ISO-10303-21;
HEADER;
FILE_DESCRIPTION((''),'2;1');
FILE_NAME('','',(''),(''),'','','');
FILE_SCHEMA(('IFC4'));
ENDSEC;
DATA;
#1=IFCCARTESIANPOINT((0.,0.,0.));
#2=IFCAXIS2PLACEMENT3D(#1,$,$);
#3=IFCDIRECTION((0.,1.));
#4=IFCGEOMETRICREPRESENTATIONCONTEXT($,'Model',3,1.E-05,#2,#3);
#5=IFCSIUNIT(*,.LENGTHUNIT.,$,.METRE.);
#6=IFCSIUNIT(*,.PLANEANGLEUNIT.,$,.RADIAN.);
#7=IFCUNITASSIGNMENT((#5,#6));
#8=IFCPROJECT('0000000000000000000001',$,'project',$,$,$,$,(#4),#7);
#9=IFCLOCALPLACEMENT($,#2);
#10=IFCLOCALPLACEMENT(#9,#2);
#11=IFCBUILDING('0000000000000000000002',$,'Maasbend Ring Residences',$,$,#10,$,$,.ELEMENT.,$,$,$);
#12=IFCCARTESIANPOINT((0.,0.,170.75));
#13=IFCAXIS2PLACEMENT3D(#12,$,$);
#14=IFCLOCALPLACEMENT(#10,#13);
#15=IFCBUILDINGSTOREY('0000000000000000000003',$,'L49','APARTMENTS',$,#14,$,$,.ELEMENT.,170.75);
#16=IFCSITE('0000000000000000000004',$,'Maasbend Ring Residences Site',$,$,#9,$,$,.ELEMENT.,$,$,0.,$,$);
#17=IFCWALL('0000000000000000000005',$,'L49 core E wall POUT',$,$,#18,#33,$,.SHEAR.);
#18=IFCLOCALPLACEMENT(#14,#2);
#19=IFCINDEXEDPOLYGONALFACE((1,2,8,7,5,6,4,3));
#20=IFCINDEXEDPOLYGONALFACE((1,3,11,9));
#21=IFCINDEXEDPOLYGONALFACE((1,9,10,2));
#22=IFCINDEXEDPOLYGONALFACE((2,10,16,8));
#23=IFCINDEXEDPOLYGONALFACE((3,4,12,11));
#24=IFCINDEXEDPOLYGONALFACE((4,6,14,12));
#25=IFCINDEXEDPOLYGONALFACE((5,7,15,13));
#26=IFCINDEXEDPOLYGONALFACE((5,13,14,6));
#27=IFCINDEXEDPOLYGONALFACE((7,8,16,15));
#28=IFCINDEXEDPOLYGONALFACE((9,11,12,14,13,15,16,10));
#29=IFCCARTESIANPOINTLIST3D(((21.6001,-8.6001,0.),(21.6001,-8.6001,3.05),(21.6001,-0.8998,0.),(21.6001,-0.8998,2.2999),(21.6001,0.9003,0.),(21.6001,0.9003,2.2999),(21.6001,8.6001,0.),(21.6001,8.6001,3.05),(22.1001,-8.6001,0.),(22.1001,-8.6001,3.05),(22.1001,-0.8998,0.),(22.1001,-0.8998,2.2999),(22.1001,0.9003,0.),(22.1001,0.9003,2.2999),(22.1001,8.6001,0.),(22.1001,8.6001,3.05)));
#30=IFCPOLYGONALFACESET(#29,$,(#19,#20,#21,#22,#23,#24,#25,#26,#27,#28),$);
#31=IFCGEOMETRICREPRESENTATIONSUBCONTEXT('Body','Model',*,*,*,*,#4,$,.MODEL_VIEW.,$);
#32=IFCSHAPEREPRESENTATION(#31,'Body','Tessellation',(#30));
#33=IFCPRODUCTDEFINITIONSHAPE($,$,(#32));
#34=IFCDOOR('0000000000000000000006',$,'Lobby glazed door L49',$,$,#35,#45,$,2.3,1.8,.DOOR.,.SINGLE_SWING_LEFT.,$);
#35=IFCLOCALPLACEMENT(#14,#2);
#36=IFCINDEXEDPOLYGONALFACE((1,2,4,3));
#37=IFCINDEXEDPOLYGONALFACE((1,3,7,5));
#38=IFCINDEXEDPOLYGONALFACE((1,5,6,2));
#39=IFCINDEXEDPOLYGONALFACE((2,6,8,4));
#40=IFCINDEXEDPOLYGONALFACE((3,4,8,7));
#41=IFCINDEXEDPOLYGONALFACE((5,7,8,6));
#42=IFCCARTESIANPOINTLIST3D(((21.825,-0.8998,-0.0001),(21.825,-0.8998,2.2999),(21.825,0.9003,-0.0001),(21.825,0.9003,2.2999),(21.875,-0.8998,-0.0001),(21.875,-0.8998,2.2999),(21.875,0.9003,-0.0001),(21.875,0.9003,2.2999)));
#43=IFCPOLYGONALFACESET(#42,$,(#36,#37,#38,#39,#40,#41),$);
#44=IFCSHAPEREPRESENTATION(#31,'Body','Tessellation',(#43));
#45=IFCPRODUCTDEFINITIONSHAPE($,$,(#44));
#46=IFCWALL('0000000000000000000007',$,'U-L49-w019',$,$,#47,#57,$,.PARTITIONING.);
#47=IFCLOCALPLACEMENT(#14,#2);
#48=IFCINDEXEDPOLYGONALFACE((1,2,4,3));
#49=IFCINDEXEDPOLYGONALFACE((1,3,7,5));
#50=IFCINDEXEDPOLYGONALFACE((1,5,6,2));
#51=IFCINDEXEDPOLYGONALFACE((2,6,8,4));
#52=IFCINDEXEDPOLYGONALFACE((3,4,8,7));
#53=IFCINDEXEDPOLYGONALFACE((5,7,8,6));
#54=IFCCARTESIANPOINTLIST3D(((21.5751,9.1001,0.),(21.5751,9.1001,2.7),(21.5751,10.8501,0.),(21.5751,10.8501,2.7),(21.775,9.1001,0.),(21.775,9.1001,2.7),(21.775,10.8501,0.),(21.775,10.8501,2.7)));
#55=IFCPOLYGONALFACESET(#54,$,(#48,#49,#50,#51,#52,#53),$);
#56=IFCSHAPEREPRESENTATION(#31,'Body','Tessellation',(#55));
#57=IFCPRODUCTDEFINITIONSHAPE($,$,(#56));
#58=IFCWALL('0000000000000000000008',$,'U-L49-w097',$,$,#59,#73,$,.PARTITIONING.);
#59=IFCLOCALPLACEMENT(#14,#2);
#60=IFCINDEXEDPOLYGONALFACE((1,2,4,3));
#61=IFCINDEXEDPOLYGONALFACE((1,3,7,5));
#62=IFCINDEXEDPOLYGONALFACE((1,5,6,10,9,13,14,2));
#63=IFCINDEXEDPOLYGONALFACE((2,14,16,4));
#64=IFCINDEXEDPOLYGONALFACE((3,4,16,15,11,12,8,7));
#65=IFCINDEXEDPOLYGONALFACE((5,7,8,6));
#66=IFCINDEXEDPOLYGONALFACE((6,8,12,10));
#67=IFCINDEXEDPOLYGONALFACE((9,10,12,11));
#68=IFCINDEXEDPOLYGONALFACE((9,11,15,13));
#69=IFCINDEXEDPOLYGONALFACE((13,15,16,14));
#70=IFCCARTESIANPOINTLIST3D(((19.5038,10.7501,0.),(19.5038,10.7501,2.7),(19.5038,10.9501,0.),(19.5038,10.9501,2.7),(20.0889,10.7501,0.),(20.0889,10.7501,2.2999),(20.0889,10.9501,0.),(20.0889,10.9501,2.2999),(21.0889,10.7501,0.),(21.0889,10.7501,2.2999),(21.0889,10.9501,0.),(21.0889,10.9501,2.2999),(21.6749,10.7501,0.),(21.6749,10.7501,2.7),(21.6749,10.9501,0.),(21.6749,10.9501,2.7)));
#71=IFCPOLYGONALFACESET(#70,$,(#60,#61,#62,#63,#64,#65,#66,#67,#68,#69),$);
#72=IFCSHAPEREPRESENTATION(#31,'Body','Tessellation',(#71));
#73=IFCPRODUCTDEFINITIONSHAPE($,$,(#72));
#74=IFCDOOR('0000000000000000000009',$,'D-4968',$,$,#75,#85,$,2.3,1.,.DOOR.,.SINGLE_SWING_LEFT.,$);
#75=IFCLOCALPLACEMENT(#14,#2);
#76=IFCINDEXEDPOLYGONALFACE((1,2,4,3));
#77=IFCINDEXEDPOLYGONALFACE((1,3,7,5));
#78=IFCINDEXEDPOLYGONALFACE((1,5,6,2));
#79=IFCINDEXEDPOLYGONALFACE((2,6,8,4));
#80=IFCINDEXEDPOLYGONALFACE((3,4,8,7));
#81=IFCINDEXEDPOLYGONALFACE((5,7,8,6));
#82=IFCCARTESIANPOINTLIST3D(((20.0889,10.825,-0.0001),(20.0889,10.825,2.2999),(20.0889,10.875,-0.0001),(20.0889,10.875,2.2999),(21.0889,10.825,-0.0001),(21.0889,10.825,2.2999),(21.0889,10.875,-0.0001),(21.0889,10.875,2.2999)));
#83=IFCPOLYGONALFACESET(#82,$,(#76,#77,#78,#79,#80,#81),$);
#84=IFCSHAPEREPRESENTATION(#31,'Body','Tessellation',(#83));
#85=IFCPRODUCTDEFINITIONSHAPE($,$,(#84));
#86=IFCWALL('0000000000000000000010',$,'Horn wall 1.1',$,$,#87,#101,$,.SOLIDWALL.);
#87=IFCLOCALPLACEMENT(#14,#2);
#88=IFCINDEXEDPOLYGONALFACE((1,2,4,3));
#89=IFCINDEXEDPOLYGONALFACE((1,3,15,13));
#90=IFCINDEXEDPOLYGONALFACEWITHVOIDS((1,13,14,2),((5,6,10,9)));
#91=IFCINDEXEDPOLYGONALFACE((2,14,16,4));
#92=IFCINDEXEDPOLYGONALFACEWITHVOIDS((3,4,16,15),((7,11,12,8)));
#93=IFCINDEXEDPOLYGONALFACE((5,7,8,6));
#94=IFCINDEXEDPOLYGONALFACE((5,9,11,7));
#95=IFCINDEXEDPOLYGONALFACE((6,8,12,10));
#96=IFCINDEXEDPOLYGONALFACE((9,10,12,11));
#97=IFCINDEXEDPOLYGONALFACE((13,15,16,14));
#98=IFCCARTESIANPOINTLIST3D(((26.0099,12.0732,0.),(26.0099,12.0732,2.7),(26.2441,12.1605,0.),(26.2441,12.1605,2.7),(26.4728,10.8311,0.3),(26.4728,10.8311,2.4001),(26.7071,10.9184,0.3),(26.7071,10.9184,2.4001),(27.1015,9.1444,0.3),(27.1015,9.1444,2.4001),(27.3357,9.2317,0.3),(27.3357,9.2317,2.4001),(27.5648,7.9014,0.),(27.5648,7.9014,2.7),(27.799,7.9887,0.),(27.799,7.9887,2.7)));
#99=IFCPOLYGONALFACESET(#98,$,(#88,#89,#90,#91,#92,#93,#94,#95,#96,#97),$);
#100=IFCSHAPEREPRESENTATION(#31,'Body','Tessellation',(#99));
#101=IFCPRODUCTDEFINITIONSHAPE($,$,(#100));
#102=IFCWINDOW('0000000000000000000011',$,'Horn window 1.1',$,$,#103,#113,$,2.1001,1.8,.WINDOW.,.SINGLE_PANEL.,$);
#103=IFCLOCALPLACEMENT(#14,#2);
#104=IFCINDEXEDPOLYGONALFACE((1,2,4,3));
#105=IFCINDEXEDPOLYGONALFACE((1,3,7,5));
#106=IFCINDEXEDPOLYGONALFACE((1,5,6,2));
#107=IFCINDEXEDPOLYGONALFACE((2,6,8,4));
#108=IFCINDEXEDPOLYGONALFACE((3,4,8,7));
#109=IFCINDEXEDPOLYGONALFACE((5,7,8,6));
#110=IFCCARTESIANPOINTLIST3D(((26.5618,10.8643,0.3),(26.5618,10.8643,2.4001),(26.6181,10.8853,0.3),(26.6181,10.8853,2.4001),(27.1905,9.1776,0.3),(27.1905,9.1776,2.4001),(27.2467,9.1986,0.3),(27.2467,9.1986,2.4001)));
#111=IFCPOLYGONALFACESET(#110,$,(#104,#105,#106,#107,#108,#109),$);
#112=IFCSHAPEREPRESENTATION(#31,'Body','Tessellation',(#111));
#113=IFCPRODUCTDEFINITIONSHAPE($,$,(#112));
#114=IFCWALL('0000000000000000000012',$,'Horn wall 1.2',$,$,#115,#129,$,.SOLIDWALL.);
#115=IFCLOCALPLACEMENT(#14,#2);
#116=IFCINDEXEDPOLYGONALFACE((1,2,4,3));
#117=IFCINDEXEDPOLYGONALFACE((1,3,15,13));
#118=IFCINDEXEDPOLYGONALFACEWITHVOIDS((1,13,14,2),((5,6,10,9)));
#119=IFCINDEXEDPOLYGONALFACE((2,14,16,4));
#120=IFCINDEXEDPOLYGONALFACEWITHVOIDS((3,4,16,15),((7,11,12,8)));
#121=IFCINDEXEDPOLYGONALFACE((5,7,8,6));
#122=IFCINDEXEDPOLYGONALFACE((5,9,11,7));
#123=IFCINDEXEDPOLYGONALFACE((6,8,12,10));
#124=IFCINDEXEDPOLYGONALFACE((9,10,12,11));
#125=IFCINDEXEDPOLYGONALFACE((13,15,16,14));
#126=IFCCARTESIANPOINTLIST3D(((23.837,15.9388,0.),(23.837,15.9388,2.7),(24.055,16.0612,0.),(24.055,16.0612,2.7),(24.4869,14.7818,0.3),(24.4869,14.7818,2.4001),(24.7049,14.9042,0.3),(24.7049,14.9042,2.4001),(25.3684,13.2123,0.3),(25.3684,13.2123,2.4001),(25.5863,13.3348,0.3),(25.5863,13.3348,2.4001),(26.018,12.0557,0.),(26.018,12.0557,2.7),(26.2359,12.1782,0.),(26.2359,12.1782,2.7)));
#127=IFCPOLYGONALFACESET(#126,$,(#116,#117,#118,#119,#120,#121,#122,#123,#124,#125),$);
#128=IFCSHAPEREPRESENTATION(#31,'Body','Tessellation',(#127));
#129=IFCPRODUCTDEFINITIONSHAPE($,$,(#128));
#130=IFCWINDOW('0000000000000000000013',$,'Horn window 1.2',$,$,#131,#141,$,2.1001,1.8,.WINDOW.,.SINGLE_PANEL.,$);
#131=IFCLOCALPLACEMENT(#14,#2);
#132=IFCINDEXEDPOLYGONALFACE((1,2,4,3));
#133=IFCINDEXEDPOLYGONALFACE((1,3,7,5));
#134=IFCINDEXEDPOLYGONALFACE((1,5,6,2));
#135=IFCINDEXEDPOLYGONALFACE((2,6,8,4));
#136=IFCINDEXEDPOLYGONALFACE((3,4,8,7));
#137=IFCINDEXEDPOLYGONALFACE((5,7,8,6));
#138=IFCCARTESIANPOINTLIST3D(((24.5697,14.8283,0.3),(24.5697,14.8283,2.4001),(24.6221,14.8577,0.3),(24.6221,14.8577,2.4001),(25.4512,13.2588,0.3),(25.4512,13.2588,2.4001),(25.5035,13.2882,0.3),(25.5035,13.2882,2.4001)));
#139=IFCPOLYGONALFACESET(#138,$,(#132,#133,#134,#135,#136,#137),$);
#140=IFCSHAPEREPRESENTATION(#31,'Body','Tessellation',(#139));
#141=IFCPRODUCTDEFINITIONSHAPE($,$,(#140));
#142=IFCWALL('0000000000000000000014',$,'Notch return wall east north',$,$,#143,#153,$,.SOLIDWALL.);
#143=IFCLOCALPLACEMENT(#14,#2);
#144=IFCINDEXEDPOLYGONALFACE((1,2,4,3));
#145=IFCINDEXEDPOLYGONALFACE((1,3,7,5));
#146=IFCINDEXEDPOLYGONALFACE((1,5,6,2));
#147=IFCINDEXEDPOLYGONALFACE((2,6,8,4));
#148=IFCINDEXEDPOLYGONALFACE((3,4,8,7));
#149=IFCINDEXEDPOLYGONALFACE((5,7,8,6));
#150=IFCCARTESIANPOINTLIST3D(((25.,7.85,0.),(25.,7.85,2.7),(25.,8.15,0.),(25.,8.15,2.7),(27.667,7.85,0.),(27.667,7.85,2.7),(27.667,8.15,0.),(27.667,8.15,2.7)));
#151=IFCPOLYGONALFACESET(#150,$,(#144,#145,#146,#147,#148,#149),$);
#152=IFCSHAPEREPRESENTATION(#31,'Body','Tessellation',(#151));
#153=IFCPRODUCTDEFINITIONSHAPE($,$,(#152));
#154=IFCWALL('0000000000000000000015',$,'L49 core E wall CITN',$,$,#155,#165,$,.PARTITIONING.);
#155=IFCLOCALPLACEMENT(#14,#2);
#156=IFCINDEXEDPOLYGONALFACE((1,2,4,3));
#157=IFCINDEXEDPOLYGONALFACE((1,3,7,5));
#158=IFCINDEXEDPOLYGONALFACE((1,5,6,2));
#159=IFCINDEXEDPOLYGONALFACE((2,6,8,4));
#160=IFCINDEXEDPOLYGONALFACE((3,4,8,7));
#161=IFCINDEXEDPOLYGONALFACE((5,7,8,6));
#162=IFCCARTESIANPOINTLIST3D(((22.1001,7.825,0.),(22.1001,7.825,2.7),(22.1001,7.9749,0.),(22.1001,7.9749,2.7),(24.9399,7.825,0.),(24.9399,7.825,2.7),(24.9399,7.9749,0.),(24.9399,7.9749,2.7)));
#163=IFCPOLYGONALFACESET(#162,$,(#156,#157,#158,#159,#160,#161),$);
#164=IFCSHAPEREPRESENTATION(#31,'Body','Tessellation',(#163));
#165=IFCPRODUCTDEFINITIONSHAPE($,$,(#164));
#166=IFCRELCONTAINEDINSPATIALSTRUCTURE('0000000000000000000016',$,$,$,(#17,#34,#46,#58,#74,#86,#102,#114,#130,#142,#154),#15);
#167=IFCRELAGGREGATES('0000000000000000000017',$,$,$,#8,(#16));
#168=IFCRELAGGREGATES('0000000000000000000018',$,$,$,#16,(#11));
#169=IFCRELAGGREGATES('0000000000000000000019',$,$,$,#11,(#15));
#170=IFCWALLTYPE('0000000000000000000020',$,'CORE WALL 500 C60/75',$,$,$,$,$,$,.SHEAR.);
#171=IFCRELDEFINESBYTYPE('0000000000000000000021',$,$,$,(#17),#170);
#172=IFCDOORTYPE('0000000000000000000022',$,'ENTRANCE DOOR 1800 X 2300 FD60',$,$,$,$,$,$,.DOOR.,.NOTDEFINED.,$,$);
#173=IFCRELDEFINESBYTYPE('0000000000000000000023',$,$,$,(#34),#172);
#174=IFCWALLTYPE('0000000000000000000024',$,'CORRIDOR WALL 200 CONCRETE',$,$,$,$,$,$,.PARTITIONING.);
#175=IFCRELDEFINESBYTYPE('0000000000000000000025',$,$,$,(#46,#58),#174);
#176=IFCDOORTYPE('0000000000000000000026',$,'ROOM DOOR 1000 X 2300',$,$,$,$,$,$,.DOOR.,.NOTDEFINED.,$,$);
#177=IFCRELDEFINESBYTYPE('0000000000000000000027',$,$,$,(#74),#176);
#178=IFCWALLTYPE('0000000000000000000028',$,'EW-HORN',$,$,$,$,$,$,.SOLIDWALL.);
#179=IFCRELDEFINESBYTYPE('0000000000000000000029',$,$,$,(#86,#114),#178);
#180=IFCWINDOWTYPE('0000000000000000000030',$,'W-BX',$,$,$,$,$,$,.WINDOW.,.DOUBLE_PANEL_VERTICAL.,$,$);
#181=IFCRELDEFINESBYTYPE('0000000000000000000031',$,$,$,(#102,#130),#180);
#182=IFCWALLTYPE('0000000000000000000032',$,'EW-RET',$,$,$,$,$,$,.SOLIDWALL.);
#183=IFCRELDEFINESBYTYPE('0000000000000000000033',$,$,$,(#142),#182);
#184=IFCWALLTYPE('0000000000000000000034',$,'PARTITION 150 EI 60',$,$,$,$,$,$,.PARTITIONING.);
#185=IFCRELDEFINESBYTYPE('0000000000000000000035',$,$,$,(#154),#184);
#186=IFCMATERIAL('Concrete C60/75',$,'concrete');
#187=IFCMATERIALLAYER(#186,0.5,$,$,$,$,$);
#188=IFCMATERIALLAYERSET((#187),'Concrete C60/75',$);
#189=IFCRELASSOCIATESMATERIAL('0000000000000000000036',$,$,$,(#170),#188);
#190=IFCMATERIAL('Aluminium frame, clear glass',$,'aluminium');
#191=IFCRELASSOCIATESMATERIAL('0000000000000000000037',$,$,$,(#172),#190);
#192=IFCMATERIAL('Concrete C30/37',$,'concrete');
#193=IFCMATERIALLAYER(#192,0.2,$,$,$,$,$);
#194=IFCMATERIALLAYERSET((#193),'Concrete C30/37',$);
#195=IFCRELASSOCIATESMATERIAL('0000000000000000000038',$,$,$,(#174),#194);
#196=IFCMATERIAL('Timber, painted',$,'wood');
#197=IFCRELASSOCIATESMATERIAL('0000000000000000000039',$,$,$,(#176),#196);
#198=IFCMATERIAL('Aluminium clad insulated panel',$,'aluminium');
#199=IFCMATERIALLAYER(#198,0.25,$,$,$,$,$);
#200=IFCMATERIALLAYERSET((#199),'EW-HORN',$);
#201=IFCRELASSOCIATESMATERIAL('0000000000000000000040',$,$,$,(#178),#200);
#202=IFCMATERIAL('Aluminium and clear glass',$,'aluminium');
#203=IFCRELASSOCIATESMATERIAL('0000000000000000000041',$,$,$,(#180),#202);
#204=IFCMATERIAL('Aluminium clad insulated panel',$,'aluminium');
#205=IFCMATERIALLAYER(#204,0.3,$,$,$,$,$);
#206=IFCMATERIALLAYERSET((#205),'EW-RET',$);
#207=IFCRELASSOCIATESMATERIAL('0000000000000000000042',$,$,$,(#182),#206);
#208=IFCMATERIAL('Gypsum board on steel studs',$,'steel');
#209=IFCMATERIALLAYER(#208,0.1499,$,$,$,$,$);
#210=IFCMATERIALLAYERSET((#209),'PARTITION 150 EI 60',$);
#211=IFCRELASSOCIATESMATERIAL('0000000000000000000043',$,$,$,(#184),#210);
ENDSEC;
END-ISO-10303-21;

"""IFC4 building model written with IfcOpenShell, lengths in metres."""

from ifc_helpers import new_model, si_unit, direction, frame, frame_2d, origin, place, context, subcontext, project, spatial, rectangle, extrude, material, layer, layer_set, type_object, element, fill, save


model = new_model("IFC4")

# Units and contexts
model_context = context("Model", 3, precision=1e-05, world=origin(), true_north=direction((0.0, 1.0)))
body_context = subcontext(model_context, "Body", "Model", "MODEL_VIEW")
ifc_project = project(units=[si_unit("LENGTHUNIT", "METRE"), si_unit("PLANEANGLEUNIT", "RADIAN")], contexts=[model_context])

# Site, building, storey
site_placement = place(None, origin())
site = spatial("IfcSite", under=ifc_project, at=site_placement, Name="Maasbend Ring Residences Site", CompositionType="ELEMENT", RefElevation=0.0)
building_placement = place(site_placement, origin())
building = spatial("IfcBuilding", under=site, at=building_placement, Name="Maasbend Ring Residences", CompositionType="ELEMENT")
storey_placement = place(building_placement, frame((0.0, 0.0, 170.75)))
storey = spatial("IfcBuildingStorey", under=building, at=storey_placement, Name="L49", Description="APARTMENTS", CompositionType="ELEMENT", Elevation=170.75)

# Wall, opening, door
ifc_material_1 = material(Name="Concrete C60/75", Category="concrete")
ifc_layer_1 = layer(ifc_material_1, 0.5)
ifc_layer_set_1 = layer_set([ifc_layer_1], Name="Concrete C60/75")
wall_type_1 = type_object("IfcWallType", Name="CORE WALL 500 C60/75", PredefinedType="SHEAR", material=ifc_layer_set_1)
wall_1_placement = place(storey_placement, frame((21.8501, 8.6001, 0.0), z_axis=(0.0, 0.0, 1.0), x_axis=(0.0, -1.0, 0.0)))
wall_1 = element("IfcWall", 1, at=wall_1_placement, inside=storey, type_object=wall_type_1, Name="L49 core E wall POUT", PredefinedType="SHEAR", context=body_context, shape_type="SweptSolid", body=[
    extrude(rectangle(XDim=17.2002, YDim=0.5, at=frame_2d((8.6001, 0.0))), origin(), (0.0, 0.0, 1.0), 3.05),
])
opening_1_placement = place(wall_1_placement, frame((7.7, 0.0, 0.0)))
opening_1 = element("IfcOpeningElement", 2, at=opening_1_placement, cuts=wall_1, PredefinedType="OPENING", context=body_context, shape_type="SweptSolid", body=[
    extrude(rectangle(XDim=1.8, YDim=2.3, at=frame_2d((0.8999, 1.1499))), frame((0.0, 0.26, 0.0), z_axis=(0.0, -1.0, 0.0), x_axis=(1.0, 0.0, 0.0)), (0.0, 0.0, 1.0), 0.52),
])
ifc_material_2 = material(Name="Aluminium frame, clear glass", Category="aluminium")
door_type_1 = type_object("IfcDoorType", Name="ENTRANCE DOOR 1800 X 2300 FD60", OperationType="NOTDEFINED", PredefinedType="DOOR", material=ifc_material_2)
door_1_placement = place(opening_1_placement, origin())
door_1 = element("IfcDoor", 3, at=door_1_placement, inside=storey, type_object=door_type_1, Name="Lobby glazed door L49", OperationType="SINGLE_SWING_LEFT", OverallHeight=2.3, OverallWidth=1.8, PredefinedType="DOOR", context=body_context, shape_type="SweptSolid", body=[
    extrude(rectangle(XDim=1.8, YDim=2.3, at=frame_2d((0.8999, 1.1499))), frame((0.0, 0.0249, 0.0), z_axis=(0.0, -1.0, 0.0), x_axis=(1.0, 0.0, 0.0)), (0.0, 0.0, 1.0), 0.05),
])
fill(opening_1, door_1)

# Wall
ifc_material_3 = material(Name="Concrete C30/37", Category="concrete")
ifc_layer_2 = layer(ifc_material_3, 0.2)
ifc_layer_set_2 = layer_set([ifc_layer_2], Name="Concrete C30/37")
wall_type_2 = type_object("IfcWallType", Name="CORRIDOR WALL 200 CONCRETE", PredefinedType="PARTITIONING", material=ifc_layer_set_2)
wall_2_placement = place(storey_placement, frame((21.675, 9.1001, 0.0), z_axis=(0.0, 0.0, 1.0), x_axis=(0.0, 1.0, 0.0)))
element("IfcWall", 4, at=wall_2_placement, inside=storey, type_object=wall_type_2, Name="U-L49-w019", PredefinedType="PARTITIONING", context=body_context, shape_type="SweptSolid", body=[
    extrude(rectangle(XDim=1.75, YDim=0.2, at=frame_2d((0.875, 0.0))), origin(), (0.0, 0.0, 1.0), 2.7),
])

# Wall, opening, door
wall_3_placement = place(storey_placement, frame((19.5039, 10.8501, 0.0), z_axis=(0.0, 0.0, 1.0), x_axis=(1.0, 0.0, 0.0)))
wall_3 = element("IfcWall", 5, at=wall_3_placement, inside=storey, type_object=wall_type_2, Name="U-L49-w097", PredefinedType="PARTITIONING", context=body_context, shape_type="SweptSolid", body=[
    extrude(rectangle(XDim=2.1711, YDim=0.2, at=frame_2d((1.0854, 0.0))), origin(), (0.0, 0.0, 1.0), 2.7),
])
opening_2_placement = place(wall_3_placement, frame((0.585, 0.0, 0.0)))
opening_2 = element("IfcOpeningElement", 6, at=opening_2_placement, cuts=wall_3, PredefinedType="OPENING", context=body_context, shape_type="SweptSolid", body=[
    extrude(rectangle(XDim=1.0, YDim=2.3, at=frame_2d((0.5, 1.1499))), frame((0.0, 0.1099, 0.0), z_axis=(0.0, -1.0, 0.0), x_axis=(1.0, 0.0, 0.0)), (0.0, 0.0, 1.0), 0.22),
])
ifc_material_4 = material(Name="Timber, painted", Category="wood")
door_type_2 = type_object("IfcDoorType", Name="ROOM DOOR 1000 X 2300", OperationType="NOTDEFINED", PredefinedType="DOOR", material=ifc_material_4)
door_2_placement = place(opening_2_placement, origin())
door_2 = element("IfcDoor", 7, at=door_2_placement, inside=storey, type_object=door_type_2, Name="D-4968", OperationType="SINGLE_SWING_LEFT", OverallHeight=2.3, OverallWidth=1.0, PredefinedType="DOOR", context=body_context, shape_type="SweptSolid", body=[
    extrude(rectangle(XDim=1.0, YDim=2.3, at=frame_2d((0.5, 1.1499))), frame((0.0, 0.0249, 0.0), z_axis=(0.0, -1.0, 0.0), x_axis=(1.0, 0.0, 0.0)), (0.0, 0.0, 1.0), 0.05),
])
fill(opening_2, door_2)

# Walls, openings, windows
ifc_material_5 = material(Name="Aluminium clad insulated panel", Category="aluminium")
ifc_layer_3 = layer(ifc_material_5, 0.25)
ifc_layer_set_3 = layer_set([ifc_layer_3], Name="EW-HORN")
wall_type_3 = type_object("IfcWallType", Name="EW-HORN", PredefinedType="SOLIDWALL", material=ifc_layer_set_3)
wall_4_placement = place(storey_placement, frame((27.6819, 7.9451, 0.0), z_axis=(0.0, 0.0, 1.0), x_axis=(-0.349248, 0.93703, 0.0)))
wall_4 = element("IfcWall", 8, at=wall_4_placement, inside=storey, type_object=wall_type_3, Name="Horn wall 1.1", PredefinedType="SOLIDWALL", context=body_context, shape_type="SweptSolid", body=[
    extrude(rectangle(XDim=4.4521, YDim=0.25, at=frame_2d((2.2261, 0.0))), origin(), (0.0, 0.0, 1.0), 2.7),
])
opening_3_placement = place(wall_4_placement, frame((1.3267, 0.0, 0.3)))
opening_3 = element("IfcOpeningElement", 9, at=opening_3_placement, cuts=wall_4, PredefinedType="OPENING", context=body_context, shape_type="SweptSolid", body=[
    extrude(rectangle(XDim=1.8, YDim=2.1001, at=frame_2d((0.8999, 1.05))), frame((0.0, 0.135, 0.0), z_axis=(0.0, -1.0, 0.0), x_axis=(1.0, 0.0, 0.0)), (0.0, 0.0, 1.0), 0.27),
])
ifc_material_6 = material(Name="Aluminium and clear glass", Category="aluminium")
window_type = type_object("IfcWindowType", Name="W-BX", PartitioningType="DOUBLE_PANEL_VERTICAL", PredefinedType="WINDOW", material=ifc_material_6)
window_1_placement = place(opening_3_placement, origin())
window_1 = element("IfcWindow", 10, at=window_1_placement, inside=storey, type_object=window_type, Name="Horn window 1.1", OverallHeight=2.1001, OverallWidth=1.8, PartitioningType="SINGLE_PANEL", PredefinedType="WINDOW", context=body_context, shape_type="SweptSolid", body=[
    extrude(rectangle(XDim=1.8, YDim=2.1001, at=frame_2d((0.8999, 1.05))), frame((0.0, 0.03, 0.0), z_axis=(0.0, -1.0, 0.0), x_axis=(1.0, 0.0, 0.0)), (0.0, 0.0, 1.0), 0.0601),
])
fill(opening_3, window_1)
wall_5_placement = place(storey_placement, frame((26.127, 12.1169, 0.0), z_axis=(0.0, 0.0, 1.0), x_axis=(-0.489696, 0.871893, 0.0)))
wall_5 = element("IfcWall", 11, at=wall_5_placement, inside=storey, type_object=wall_type_3, Name="Horn wall 1.2", PredefinedType="SOLIDWALL", context=body_context, shape_type="SweptSolid", body=[
    extrude(rectangle(XDim=4.4536, YDim=0.25, at=frame_2d((2.2268, 0.0))), origin(), (0.0, 0.0, 1.0), 2.7),
])
opening_4_placement = place(wall_5_placement, frame((1.3267, 0.0, 0.3)))
opening_4 = element("IfcOpeningElement", 12, at=opening_4_placement, cuts=wall_5, PredefinedType="OPENING", context=body_context, shape_type="SweptSolid", body=[
    extrude(rectangle(XDim=1.8, YDim=2.1001, at=frame_2d((0.8999, 1.05))), frame((0.0, 0.135, 0.0), z_axis=(0.0, -1.0, 0.0), x_axis=(1.0, 0.0, 0.0)), (0.0, 0.0, 1.0), 0.27),
])
window_2_placement = place(opening_4_placement, origin())
window_2 = element("IfcWindow", 13, at=window_2_placement, inside=storey, type_object=window_type, Name="Horn window 1.2", OverallHeight=2.1001, OverallWidth=1.8, PartitioningType="SINGLE_PANEL", PredefinedType="WINDOW", context=body_context, shape_type="SweptSolid", body=[
    extrude(rectangle(XDim=1.8, YDim=2.1001, at=frame_2d((0.8999, 1.05))), frame((0.0, 0.03, 0.0), z_axis=(0.0, -1.0, 0.0), x_axis=(1.0, 0.0, 0.0)), (0.0, 0.0, 1.0), 0.0601),
])
fill(opening_4, window_2)

# Walls
ifc_material_7 = material(Name="Aluminium clad insulated panel", Category="aluminium")
ifc_layer_4 = layer(ifc_material_7, 0.3)
ifc_layer_set_4 = layer_set([ifc_layer_4], Name="EW-RET")
wall_type_4 = type_object("IfcWallType", Name="EW-RET", PredefinedType="SOLIDWALL", material=ifc_layer_set_4)
wall_6_placement = place(storey_placement, frame((25.0, 8.0, 0.0), z_axis=(0.0, 0.0, 1.0), x_axis=(1.0, 0.0, 0.0)))
element("IfcWall", 14, at=wall_6_placement, inside=storey, type_object=wall_type_4, Name="Notch return wall east north", PredefinedType="SOLIDWALL", context=body_context, shape_type="SweptSolid", body=[
    extrude(rectangle(XDim=2.667, YDim=0.3, at=frame_2d((1.3335, 0.0))), origin(), (0.0, 0.0, 1.0), 2.7),
])
ifc_material_8 = material(Name="Gypsum board on steel studs", Category="steel")
ifc_layer_5 = layer(ifc_material_8, 0.1499)
ifc_layer_set_5 = layer_set([ifc_layer_5], Name="PARTITION 150 EI 60")
wall_type_5 = type_object("IfcWallType", Name="PARTITION 150 EI 60", PredefinedType="PARTITIONING", material=ifc_layer_set_5)
wall_7_placement = place(storey_placement, frame((22.1001, 7.8999, 0.0), z_axis=(0.0, 0.0, 1.0), x_axis=(1.0, 0.0, 0.0)))
element("IfcWall", 15, at=wall_7_placement, inside=storey, type_object=wall_type_5, Name="L49 core E wall CITN", PredefinedType="PARTITIONING", context=body_context, shape_type="SweptSolid", body=[
    extrude(rectangle(XDim=2.8398, YDim=0.1499, at=frame_2d((1.4199, 0.0))), origin(), (0.0, 0.0, 1.0), 2.7),
])

save(model, "model.ifc")
